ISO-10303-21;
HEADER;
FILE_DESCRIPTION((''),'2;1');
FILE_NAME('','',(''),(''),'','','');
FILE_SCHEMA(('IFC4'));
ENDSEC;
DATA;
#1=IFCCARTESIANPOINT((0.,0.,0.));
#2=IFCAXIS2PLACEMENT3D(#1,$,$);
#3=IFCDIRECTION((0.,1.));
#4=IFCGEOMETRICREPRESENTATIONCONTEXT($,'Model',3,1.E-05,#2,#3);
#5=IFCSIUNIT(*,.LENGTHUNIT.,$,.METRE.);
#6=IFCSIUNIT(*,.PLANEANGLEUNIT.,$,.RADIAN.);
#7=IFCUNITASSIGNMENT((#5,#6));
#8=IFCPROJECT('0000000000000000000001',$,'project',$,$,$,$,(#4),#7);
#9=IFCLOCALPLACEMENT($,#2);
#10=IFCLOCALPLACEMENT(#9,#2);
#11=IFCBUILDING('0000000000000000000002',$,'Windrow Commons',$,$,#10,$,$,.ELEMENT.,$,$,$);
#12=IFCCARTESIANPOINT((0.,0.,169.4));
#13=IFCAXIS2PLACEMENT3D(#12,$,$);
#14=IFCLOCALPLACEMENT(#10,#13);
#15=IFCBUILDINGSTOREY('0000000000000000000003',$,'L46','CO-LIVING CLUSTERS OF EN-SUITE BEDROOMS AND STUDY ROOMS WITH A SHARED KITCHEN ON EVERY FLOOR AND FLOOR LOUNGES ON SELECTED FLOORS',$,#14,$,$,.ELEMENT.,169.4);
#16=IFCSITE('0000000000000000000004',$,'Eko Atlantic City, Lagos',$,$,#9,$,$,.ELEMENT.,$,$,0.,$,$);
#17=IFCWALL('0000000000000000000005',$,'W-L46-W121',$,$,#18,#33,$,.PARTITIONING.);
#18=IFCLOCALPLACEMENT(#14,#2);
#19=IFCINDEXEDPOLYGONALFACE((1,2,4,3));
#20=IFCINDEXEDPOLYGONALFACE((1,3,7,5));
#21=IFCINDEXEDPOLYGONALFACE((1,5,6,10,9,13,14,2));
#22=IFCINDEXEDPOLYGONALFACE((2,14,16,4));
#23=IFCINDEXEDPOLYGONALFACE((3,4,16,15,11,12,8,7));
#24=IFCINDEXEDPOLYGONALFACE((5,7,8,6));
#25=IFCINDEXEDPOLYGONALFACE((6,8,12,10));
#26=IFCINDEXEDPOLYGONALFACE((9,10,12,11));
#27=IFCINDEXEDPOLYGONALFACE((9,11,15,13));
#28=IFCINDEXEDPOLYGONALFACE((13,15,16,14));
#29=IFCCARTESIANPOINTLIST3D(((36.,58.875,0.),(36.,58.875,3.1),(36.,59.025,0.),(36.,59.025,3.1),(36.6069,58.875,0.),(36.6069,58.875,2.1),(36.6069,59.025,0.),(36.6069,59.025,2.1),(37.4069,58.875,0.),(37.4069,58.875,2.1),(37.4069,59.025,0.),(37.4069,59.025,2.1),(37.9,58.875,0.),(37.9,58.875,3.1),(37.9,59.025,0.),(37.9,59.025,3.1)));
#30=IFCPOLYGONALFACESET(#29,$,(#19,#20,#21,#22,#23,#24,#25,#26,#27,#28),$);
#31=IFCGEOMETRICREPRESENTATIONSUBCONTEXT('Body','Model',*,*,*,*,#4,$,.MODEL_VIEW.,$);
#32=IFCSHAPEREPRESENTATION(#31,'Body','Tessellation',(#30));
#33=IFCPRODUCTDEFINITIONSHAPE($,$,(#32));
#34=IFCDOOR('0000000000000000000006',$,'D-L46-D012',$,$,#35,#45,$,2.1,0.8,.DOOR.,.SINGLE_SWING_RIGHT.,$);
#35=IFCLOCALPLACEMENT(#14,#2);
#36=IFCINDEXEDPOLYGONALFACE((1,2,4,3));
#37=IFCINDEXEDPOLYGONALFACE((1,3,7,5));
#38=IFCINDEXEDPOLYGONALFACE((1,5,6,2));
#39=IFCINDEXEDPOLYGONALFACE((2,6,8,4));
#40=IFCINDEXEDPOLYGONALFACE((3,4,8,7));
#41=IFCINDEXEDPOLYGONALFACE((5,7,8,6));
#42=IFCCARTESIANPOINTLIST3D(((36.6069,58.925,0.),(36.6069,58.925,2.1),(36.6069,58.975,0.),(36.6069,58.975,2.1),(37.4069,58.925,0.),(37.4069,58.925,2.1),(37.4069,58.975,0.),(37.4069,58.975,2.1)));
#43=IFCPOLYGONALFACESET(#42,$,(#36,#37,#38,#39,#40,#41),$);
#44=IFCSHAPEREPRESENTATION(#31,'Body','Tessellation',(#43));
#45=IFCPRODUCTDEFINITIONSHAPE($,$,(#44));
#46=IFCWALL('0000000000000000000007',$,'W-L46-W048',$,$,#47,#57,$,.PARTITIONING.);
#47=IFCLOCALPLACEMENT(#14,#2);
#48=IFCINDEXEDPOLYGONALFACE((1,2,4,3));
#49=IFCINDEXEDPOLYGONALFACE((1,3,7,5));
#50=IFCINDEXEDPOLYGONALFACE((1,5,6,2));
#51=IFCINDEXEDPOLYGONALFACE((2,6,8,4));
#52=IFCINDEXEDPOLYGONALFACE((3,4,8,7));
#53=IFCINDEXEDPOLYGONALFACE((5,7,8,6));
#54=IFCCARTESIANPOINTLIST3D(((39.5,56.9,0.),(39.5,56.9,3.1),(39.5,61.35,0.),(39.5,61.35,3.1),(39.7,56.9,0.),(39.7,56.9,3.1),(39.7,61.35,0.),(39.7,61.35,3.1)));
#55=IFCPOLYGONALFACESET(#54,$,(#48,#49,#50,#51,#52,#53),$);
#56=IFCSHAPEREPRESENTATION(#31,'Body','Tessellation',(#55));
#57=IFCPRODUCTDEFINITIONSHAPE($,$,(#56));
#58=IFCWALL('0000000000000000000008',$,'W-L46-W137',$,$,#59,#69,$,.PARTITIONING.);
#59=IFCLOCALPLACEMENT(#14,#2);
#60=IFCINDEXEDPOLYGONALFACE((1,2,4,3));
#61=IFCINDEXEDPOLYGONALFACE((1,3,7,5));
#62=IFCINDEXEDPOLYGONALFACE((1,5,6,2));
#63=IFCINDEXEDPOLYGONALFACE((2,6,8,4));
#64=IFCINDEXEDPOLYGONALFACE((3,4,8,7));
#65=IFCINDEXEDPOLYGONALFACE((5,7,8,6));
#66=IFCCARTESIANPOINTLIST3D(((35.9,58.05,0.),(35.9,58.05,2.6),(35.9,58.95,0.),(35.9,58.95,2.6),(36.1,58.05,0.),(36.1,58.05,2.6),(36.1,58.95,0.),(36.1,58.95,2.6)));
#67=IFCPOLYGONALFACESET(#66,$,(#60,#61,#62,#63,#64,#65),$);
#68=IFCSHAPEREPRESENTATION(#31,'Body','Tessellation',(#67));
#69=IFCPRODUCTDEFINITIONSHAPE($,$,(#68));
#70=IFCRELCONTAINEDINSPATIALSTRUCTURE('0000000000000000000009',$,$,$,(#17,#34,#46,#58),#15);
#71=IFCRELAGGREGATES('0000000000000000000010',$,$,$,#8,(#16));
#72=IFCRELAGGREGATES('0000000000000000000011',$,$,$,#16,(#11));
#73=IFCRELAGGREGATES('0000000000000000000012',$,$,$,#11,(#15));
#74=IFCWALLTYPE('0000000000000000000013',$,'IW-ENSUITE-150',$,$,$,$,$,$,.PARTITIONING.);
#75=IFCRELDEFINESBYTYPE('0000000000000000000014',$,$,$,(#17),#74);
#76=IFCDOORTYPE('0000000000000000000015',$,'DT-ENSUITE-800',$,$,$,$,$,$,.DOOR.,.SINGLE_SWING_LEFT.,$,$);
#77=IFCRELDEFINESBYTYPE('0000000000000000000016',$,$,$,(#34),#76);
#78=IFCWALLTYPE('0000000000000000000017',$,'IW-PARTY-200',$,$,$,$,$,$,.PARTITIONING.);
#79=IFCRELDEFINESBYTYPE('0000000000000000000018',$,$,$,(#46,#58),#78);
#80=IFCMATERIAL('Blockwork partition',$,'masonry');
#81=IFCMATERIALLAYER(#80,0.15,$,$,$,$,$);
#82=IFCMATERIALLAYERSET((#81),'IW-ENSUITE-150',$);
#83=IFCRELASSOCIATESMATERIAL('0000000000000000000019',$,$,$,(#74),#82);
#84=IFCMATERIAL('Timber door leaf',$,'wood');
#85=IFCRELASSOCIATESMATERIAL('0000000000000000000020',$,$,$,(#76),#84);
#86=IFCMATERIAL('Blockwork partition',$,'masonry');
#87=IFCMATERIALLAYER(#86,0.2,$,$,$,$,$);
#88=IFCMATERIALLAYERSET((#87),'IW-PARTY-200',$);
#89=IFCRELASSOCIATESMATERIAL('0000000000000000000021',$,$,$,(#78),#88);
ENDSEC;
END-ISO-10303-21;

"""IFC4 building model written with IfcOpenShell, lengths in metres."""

from ifc_helpers import new_model, si_unit, direction, frame, frame_2d, origin, place, context, subcontext, project, spatial, rectangle, extrude, material, layer, layer_set, type_object, element, fill, save


model = new_model("IFC4")

# Units and contexts
model_context = context("Model", 3, precision=1e-05, world=origin(), true_north=direction((0.0, 1.0)))
body_context = subcontext(model_context, "Body", "Model", "MODEL_VIEW")
ifc_project = project(units=[si_unit("LENGTHUNIT", "METRE"), si_unit("PLANEANGLEUNIT", "RADIAN")], contexts=[model_context])

# Site, building, storey
site_placement = place(None, origin())
site = spatial("IfcSite", under=ifc_project, at=site_placement, Name="Eko Atlantic City, Lagos", CompositionType="ELEMENT", RefElevation=0.0)
building_placement = place(site_placement, origin())
building = spatial("IfcBuilding", under=site, at=building_placement, Name="Windrow Commons", CompositionType="ELEMENT")
storey_placement = place(building_placement, frame((0.0, 0.0, 169.4)))
storey = spatial("IfcBuildingStorey", under=building, at=storey_placement, Name="L46", Description="CO-LIVING CLUSTERS OF EN-SUITE BEDROOMS AND STUDY ROOMS WITH A SHARED KITCHEN ON EVERY FLOOR AND FLOOR LOUNGES ON SELECTED FLOORS", CompositionType="ELEMENT", Elevation=169.4)

# Shared definitions
ifc_material_1 = material(Name="Blockwork partition", Category="masonry")
ifc_layer_1 = layer(ifc_material_1, 0.15)
ifc_layer_set_1 = layer_set([ifc_layer_1], Name="IW-ENSUITE-150")
wall_type_1 = type_object("IfcWallType", Name="IW-ENSUITE-150", PredefinedType="PARTITIONING", material=ifc_layer_set_1)

# Wall, opening, door
wall_1_placement = place(storey_placement, frame((36.0, 58.95, 0.0), z_axis=(0.0, 0.0, 1.0), x_axis=(1.0, 0.0, 0.0)))
wall_1 = element("IfcWall", 1, at=wall_1_placement, inside=storey, type_object=wall_type_1, Name="W-L46-W121", PredefinedType="PARTITIONING", context=body_context, shape_type="SweptSolid", body=[
    extrude(rectangle(XDim=1.9, YDim=0.15, at=frame_2d((0.95, 0.0))), origin(), (0.0, 0.0, 1.0), 3.1),
])
opening_1_placement = place(wall_1_placement, frame((0.6069, 0.0, 0.0)))
opening_1 = element("IfcOpeningElement", 2, at=opening_1_placement, cuts=wall_1, PredefinedType="OPENING", context=body_context, shape_type="SweptSolid", body=[
    extrude(rectangle(XDim=0.8, YDim=2.1, at=frame_2d((0.4, 1.05))), frame((0.0, 0.085, 0.0), z_axis=(0.0, -1.0, 0.0), x_axis=(1.0, 0.0, 0.0)), (0.0, 0.0, 1.0), 0.17),
])
ifc_material_2 = material(Name="Timber door leaf", Category="wood")
door_type_1 = type_object("IfcDoorType", Name="DT-ENSUITE-800", OperationType="SINGLE_SWING_LEFT", PredefinedType="DOOR", material=ifc_material_2)
door_1_placement = place(opening_1_placement, origin())
door_1 = element("IfcDoor", 3, at=door_1_placement, inside=storey, type_object=door_type_1, Name="D-L46-D012", OperationType="SINGLE_SWING_RIGHT", OverallHeight=2.1, OverallWidth=0.8, PredefinedType="DOOR", context=body_context, shape_type="SweptSolid", body=[
    extrude(rectangle(XDim=0.8, YDim=2.1, at=frame_2d((0.4, 1.05))), frame((0.0, 0.025, 0.0), z_axis=(0.0, -1.0, 0.0), x_axis=(1.0, 0.0, 0.0)), (0.0, 0.0, 1.0), 0.05),
])
fill(opening_1, door_1)

# Walls
ifc_material_3 = material(Name="Blockwork partition", Category="masonry")
ifc_layer_2 = layer(ifc_material_3, 0.2)
ifc_layer_set_2 = layer_set([ifc_layer_2], Name="IW-PARTY-200")
wall_type_2 = type_object("IfcWallType", Name="IW-PARTY-200", PredefinedType="PARTITIONING", material=ifc_layer_set_2)
wall_2_placement = place(storey_placement, frame((39.6, 56.9, 0.0), z_axis=(0.0, 0.0, 1.0), x_axis=(0.0, 1.0, 0.0)))
element("IfcWall", 4, at=wall_2_placement, inside=storey, type_object=wall_type_2, Name="W-L46-W048", PredefinedType="PARTITIONING", context=body_context, shape_type="SweptSolid", body=[
    extrude(rectangle(XDim=4.45, YDim=0.2, at=frame_2d((2.225, 0.0))), origin(), (0.0, 0.0, 1.0), 3.1),
])
wall_3_placement = place(storey_placement, frame((36.0, 58.05, 0.0), z_axis=(0.0, 0.0, 1.0), x_axis=(0.0, 1.0, 0.0)))
element("IfcWall", 5, at=wall_3_placement, inside=storey, type_object=wall_type_2, Name="W-L46-W137", PredefinedType="PARTITIONING", context=body_context, shape_type="SweptSolid", body=[
    extrude(rectangle(XDim=0.9, YDim=0.2, at=frame_2d((0.45, 0.0))), origin(), (0.0, 0.0, 1.0), 2.6),
])

save(model, "model.ifc")
